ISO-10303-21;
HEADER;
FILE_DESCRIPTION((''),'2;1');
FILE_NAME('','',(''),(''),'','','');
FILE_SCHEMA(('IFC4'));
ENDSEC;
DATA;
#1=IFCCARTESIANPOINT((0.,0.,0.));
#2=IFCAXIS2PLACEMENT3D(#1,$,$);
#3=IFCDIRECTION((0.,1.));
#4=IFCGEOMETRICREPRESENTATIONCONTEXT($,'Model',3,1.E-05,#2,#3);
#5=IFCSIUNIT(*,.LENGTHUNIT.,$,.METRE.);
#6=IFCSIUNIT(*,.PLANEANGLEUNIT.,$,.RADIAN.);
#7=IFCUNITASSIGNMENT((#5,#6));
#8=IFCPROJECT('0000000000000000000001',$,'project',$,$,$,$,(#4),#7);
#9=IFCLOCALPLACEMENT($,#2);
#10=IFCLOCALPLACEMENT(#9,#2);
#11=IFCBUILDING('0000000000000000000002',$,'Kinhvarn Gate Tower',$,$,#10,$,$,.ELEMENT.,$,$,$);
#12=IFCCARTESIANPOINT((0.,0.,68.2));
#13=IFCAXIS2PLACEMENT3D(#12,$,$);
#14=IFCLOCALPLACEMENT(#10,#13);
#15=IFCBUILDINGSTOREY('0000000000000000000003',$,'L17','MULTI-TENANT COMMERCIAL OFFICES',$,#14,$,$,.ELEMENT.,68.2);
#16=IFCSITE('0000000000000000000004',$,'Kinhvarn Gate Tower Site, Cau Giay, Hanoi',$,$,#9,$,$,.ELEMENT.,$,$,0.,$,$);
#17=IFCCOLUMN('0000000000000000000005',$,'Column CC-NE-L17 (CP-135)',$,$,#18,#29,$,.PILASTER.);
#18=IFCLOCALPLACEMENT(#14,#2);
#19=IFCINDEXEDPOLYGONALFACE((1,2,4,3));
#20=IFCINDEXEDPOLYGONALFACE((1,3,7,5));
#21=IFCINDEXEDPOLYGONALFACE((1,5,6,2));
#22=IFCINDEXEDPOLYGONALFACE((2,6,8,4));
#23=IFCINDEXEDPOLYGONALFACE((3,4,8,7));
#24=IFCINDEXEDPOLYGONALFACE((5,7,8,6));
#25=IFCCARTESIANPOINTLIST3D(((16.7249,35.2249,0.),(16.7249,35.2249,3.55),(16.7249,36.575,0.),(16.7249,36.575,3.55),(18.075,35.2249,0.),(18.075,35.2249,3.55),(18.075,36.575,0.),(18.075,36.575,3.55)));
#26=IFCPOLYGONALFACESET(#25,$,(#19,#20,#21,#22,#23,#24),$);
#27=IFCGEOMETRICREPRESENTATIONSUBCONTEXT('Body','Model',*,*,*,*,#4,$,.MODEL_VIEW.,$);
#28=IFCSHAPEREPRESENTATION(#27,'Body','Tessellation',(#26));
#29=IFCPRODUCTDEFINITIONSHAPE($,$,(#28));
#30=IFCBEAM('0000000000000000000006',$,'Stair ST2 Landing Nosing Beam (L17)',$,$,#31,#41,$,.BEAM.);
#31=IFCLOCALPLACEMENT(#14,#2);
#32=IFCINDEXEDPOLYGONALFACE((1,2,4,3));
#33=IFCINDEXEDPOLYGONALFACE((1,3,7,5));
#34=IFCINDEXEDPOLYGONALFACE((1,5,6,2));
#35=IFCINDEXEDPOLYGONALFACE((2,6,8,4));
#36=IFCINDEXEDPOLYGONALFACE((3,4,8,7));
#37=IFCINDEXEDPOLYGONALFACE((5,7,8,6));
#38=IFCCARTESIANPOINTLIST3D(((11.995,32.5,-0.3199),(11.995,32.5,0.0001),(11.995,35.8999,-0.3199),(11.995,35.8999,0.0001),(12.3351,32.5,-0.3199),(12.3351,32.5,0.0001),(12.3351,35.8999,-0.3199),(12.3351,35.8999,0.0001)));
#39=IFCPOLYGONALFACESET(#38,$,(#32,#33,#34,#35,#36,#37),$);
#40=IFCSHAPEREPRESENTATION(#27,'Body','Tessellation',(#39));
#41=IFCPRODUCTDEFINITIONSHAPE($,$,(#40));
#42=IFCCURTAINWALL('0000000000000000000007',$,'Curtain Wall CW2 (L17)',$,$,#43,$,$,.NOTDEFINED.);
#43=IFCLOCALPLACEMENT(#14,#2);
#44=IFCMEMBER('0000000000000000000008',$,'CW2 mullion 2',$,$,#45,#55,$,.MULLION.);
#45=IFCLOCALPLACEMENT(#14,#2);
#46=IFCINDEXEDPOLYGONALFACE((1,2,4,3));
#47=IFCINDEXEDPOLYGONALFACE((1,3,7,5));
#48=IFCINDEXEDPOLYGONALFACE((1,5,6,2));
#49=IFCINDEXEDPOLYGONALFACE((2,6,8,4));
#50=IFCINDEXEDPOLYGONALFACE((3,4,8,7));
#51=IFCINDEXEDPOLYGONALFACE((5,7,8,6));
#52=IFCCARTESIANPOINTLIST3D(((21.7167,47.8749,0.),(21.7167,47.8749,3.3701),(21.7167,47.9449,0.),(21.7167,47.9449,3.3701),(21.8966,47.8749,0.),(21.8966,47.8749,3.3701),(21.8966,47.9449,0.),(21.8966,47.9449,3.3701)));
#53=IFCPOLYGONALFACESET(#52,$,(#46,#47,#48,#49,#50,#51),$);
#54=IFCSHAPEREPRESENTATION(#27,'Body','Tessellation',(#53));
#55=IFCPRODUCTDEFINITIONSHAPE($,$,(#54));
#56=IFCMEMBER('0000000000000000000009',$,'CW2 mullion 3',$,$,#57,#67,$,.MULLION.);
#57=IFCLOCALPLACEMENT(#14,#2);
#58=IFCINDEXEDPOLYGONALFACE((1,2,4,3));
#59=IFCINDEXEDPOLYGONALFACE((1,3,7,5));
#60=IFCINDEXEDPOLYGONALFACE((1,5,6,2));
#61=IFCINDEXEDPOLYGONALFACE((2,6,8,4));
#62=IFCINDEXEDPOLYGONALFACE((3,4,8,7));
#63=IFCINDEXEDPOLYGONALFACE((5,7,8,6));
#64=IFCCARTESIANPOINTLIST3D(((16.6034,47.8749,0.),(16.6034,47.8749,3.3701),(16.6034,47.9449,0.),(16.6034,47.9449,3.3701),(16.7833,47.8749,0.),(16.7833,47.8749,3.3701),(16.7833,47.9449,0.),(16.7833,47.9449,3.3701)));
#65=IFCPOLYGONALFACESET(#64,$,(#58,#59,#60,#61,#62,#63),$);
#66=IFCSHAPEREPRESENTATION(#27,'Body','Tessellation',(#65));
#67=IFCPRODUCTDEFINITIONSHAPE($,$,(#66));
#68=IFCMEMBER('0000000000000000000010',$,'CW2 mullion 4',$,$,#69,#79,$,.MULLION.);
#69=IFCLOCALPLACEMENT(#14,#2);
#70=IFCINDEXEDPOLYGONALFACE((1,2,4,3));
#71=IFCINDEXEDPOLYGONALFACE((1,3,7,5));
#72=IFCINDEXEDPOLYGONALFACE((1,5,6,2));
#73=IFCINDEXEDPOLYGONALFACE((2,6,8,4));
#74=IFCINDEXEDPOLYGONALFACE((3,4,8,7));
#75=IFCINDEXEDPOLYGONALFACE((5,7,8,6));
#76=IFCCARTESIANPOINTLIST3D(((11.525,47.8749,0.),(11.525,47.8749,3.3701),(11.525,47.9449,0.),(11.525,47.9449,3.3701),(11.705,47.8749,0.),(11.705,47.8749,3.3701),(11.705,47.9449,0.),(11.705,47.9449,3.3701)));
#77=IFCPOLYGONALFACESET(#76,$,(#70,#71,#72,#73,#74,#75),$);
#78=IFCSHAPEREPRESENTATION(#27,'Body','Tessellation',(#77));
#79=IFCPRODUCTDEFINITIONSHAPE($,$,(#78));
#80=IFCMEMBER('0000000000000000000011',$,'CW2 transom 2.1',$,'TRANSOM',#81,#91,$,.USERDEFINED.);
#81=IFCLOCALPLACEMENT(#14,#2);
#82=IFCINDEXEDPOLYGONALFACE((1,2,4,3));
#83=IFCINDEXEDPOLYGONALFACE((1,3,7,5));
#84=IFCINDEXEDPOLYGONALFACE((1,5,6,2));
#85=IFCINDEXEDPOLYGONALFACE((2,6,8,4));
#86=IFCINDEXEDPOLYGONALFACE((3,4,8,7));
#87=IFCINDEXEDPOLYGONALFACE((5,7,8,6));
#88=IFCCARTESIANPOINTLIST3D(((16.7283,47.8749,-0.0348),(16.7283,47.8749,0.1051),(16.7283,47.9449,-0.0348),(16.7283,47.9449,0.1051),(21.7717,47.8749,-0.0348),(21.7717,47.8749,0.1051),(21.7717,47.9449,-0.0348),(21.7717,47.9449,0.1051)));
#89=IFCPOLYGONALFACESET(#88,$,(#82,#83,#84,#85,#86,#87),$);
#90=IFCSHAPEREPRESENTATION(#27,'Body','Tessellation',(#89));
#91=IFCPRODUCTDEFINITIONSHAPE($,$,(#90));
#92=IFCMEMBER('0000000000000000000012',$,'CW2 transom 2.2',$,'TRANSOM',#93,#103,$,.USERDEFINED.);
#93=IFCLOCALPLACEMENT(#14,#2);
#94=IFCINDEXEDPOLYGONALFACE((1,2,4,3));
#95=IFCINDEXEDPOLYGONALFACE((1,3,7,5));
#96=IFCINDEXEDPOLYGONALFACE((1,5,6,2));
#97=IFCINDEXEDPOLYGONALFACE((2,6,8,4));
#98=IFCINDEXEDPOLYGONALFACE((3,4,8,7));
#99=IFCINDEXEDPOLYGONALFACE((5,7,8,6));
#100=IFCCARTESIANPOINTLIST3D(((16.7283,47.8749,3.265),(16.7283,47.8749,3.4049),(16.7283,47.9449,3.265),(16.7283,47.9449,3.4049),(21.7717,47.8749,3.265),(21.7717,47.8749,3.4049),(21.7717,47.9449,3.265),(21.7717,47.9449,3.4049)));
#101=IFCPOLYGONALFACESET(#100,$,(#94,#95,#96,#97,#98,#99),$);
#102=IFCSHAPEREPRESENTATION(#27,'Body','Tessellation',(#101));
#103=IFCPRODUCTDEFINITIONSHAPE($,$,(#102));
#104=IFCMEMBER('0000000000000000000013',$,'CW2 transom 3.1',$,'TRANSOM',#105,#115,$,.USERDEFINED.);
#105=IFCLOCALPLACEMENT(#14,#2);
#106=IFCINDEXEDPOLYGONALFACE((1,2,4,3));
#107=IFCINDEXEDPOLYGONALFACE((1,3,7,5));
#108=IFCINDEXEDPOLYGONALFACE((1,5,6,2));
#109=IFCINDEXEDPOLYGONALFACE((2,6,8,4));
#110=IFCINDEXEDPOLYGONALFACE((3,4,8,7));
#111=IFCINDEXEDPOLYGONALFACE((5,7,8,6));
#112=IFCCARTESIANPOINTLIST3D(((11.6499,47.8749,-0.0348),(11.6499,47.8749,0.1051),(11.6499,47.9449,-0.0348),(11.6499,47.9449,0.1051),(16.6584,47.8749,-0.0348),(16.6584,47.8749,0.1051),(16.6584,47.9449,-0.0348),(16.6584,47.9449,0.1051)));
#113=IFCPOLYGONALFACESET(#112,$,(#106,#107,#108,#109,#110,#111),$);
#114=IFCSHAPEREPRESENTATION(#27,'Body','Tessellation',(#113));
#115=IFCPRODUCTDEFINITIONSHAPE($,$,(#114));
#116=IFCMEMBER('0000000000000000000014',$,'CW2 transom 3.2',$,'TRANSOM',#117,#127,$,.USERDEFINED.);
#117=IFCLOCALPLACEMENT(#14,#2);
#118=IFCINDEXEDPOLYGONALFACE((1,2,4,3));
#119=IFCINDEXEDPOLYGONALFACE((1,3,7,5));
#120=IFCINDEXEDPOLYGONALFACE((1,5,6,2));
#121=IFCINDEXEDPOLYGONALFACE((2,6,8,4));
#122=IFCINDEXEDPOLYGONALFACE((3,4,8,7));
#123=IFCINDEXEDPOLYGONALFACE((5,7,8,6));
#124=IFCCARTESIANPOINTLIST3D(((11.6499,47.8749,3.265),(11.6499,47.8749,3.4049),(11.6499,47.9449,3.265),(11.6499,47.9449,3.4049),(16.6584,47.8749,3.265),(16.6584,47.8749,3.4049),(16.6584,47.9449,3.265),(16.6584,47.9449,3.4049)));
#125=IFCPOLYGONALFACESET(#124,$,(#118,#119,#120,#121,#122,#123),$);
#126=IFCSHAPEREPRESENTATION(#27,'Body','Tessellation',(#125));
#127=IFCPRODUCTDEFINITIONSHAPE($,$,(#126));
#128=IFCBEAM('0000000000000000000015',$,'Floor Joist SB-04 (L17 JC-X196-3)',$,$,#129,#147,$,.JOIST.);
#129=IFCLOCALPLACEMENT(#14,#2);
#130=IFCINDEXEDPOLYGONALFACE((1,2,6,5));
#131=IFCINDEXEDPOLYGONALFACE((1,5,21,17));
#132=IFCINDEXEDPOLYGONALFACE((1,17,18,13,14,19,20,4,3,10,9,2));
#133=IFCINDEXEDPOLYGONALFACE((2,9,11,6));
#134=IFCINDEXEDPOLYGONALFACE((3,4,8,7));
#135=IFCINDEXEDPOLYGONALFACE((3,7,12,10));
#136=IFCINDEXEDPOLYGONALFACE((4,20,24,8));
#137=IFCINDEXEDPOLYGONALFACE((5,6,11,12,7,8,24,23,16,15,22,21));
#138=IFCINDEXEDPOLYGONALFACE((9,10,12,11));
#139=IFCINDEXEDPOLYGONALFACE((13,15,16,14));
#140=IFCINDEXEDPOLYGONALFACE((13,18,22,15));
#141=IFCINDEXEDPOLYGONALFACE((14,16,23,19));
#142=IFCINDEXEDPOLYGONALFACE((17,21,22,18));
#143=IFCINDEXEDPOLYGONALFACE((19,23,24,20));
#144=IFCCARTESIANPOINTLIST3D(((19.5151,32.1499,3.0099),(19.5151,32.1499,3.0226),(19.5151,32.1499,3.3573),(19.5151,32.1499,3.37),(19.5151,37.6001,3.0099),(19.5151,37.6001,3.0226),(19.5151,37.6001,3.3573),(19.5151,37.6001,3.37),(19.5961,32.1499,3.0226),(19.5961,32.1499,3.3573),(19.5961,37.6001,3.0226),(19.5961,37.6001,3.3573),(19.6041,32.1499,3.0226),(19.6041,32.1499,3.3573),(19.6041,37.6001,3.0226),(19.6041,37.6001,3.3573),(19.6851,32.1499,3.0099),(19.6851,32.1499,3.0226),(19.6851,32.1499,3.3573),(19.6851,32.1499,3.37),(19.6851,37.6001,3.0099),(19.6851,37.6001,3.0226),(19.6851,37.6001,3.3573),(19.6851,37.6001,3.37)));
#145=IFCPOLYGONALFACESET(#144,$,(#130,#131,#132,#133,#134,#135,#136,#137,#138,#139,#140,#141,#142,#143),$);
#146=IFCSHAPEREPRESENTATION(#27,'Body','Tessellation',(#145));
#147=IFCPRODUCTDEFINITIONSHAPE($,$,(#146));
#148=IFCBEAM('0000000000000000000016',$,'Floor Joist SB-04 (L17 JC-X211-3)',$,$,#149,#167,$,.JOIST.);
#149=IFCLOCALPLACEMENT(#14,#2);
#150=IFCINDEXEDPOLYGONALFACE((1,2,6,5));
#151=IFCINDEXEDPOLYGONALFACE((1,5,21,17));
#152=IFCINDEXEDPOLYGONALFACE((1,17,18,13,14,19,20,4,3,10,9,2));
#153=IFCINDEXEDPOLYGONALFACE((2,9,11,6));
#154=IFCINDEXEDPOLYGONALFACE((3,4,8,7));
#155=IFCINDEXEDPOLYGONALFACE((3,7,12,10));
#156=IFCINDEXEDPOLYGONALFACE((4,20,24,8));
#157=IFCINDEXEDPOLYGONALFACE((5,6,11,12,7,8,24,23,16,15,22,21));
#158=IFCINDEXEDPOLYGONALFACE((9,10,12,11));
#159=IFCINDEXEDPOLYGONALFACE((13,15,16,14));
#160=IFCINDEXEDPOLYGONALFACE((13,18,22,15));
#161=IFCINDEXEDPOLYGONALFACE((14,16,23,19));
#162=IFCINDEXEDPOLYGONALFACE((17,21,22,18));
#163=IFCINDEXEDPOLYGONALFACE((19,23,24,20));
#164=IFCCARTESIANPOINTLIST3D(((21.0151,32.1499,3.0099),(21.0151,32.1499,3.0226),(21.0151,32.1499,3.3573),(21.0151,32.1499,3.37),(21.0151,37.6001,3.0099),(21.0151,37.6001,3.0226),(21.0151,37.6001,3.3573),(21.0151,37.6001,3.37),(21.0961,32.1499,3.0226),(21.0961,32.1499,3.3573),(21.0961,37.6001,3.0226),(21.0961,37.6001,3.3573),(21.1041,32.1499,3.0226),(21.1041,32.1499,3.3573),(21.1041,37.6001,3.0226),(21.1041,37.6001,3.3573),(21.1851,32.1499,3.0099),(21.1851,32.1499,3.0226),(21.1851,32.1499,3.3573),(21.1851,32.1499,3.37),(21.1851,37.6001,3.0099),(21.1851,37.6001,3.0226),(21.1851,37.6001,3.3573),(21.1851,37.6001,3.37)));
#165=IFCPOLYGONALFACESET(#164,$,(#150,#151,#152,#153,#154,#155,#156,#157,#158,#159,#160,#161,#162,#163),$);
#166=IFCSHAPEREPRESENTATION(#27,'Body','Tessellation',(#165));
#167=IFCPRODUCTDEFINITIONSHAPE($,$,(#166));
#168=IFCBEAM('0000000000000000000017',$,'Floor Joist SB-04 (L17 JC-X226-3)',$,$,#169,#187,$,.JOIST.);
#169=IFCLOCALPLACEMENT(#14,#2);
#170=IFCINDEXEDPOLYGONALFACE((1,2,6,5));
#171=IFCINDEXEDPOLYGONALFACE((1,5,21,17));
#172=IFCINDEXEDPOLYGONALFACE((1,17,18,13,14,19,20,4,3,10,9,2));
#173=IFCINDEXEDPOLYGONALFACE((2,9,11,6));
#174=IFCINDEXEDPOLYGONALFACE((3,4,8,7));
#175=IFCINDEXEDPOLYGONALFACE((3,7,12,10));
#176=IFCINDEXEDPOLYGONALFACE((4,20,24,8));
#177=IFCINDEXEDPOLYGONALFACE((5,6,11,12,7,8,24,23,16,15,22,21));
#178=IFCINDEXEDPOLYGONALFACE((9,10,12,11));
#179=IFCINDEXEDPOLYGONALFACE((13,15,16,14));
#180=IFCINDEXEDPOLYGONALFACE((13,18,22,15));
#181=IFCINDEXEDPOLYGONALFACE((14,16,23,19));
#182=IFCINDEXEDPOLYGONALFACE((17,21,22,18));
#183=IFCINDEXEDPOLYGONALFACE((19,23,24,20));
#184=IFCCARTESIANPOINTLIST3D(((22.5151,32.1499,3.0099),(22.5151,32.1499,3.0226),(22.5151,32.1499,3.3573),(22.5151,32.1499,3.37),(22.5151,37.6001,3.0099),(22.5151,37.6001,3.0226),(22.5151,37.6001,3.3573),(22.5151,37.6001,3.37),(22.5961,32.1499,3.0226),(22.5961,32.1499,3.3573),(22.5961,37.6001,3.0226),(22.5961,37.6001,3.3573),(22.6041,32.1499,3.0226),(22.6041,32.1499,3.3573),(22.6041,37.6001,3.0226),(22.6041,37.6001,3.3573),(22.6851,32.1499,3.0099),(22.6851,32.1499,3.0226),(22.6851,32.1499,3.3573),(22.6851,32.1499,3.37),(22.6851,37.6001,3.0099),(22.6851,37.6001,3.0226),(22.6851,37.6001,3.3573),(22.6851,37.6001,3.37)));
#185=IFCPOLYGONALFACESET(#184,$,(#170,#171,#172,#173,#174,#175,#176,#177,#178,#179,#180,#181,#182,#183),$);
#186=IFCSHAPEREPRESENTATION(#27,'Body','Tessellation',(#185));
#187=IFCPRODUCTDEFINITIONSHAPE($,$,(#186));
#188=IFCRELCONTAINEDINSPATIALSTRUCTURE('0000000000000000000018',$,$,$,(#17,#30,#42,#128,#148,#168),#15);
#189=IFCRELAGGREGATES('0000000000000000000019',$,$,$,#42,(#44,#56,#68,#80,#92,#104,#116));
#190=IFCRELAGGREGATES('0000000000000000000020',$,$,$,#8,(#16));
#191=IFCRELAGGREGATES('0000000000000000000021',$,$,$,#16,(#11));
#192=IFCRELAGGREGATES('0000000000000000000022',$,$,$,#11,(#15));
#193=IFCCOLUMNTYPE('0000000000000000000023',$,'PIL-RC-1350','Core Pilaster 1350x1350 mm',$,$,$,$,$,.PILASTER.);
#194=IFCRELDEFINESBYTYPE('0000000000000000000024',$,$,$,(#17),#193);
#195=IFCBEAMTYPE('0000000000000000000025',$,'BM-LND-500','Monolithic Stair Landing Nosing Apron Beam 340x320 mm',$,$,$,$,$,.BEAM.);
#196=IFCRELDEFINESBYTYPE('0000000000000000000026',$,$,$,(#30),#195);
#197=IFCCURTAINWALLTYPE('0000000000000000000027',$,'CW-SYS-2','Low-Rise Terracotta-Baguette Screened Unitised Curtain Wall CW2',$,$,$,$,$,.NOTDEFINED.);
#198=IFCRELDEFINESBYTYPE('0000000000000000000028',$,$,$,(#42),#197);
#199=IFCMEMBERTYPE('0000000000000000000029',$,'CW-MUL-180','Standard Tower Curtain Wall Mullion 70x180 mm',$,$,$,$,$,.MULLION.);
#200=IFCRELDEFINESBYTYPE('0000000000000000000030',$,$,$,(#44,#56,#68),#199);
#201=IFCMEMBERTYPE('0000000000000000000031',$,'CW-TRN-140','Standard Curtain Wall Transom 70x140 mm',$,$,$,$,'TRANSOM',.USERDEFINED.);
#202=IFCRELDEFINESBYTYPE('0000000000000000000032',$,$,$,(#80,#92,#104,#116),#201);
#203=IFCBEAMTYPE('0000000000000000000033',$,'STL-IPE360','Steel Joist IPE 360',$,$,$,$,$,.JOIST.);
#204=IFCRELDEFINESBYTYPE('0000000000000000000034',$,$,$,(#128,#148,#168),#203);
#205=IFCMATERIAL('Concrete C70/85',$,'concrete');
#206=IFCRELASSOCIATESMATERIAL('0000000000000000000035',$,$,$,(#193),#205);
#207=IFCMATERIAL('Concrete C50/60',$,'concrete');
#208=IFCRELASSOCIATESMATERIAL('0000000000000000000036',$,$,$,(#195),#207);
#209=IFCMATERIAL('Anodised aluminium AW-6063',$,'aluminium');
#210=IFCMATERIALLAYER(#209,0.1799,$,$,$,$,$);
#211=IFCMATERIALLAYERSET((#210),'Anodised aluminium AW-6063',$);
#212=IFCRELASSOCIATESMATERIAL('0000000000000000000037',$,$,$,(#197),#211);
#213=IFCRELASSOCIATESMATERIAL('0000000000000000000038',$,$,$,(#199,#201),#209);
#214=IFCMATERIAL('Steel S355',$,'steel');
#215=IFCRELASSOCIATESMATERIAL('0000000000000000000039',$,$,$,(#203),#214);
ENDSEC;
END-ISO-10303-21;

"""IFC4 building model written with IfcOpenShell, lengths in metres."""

from ifc_helpers import new_model, si_unit, direction, frame, origin, origin_2d, place, context, subcontext, project, spatial, rectangle, i_section, extrude, material, layer, layer_set, material_profile, profile_set, type_object, element, aggregate, save


model = new_model("IFC4")

# Units and contexts
model_context = context("Model", 3, precision=1e-05, world=origin(), true_north=direction((0.0, 1.0)))
body_context = subcontext(model_context, "Body", "Model", "MODEL_VIEW")
ifc_project = project(units=[si_unit("LENGTHUNIT", "METRE"), si_unit("PLANEANGLEUNIT", "RADIAN")], contexts=[model_context])

# Site, building, storey
site_placement = place(None, origin())
site = spatial("IfcSite", under=ifc_project, at=site_placement, Name="Kinhvarn Gate Tower Site, Cau Giay, Hanoi", CompositionType="ELEMENT", RefElevation=0.0)
building_placement = place(site_placement, origin())
building = spatial("IfcBuilding", under=site, at=building_placement, Name="Kinhvarn Gate Tower", CompositionType="ELEMENT")
storey_placement = place(building_placement, frame((0.0, 0.0, 68.2)))
storey = spatial("IfcBuildingStorey", under=building, at=storey_placement, Name="L17", Description="MULTI-TENANT COMMERCIAL OFFICES", CompositionType="ELEMENT", Elevation=68.2)

# Column
ifc_material_1 = material(Name="Concrete C70/85", Category="concrete")
ifc_material_profile_1 = material_profile(ifc_material_1, rectangle(XDim=1.3501, YDim=1.3501, at=origin_2d()), Name="RC 1350x1350")
ifc_profile_set_1 = profile_set([ifc_material_profile_1], Name="Concrete C70/85")
column_type = type_object("IfcColumnType", Name="PIL-RC-1350", Description="Core Pilaster 1350x1350 mm", PredefinedType="PILASTER", material=ifc_profile_set_1)
column_placement = place(storey_placement, frame((17.3999, 35.8999, 0.0), z_axis=(0.0, 0.0, 1.0), x_axis=(1.0, 0.0, 0.0)))
element("IfcColumn", 1, at=column_placement, inside=storey, type_object=column_type, Name="Column CC-NE-L17 (CP-135)", PredefinedType="PILASTER", context=body_context, shape_type="SweptSolid", body=[
    extrude(rectangle(XDim=1.3501, YDim=1.3501, at=origin_2d()), origin(), (0.0, 0.0, 1.0), 3.55),
])

# Beam
ifc_material_2 = material(Name="Concrete C50/60", Category="concrete")
ifc_material_profile_2 = material_profile(ifc_material_2, rectangle(XDim=0.3401, YDim=0.3201, at=origin_2d()), Name="RC 340x320")
ifc_profile_set_2 = profile_set([ifc_material_profile_2], Name="Concrete C50/60")
beam_type_1 = type_object("IfcBeamType", Name="BM-LND-500", Description="Monolithic Stair Landing Nosing Apron Beam 340x320 mm", PredefinedType="BEAM", material=ifc_profile_set_2)
beam_placement = place(storey_placement, frame((12.165, 32.5, -0.1599), z_axis=(0.0, 1.0, 0.0), x_axis=(-1.0, 0.0, 0.0)))
element("IfcBeam", 2, at=beam_placement, inside=storey, type_object=beam_type_1, Name="Stair ST2 Landing Nosing Beam (L17)", PredefinedType="BEAM", context=body_context, shape_type="SweptSolid", body=[
    extrude(rectangle(XDim=0.3401, YDim=0.3201, at=origin_2d()), origin(), (0.0, 0.0, 1.0), 3.3999),
])

# Curtain wall, members
ifc_material_3 = material(Name="Anodised aluminium AW-6063", Category="aluminium")
ifc_layer_1 = layer(ifc_material_3, 0.1799)
ifc_layer_set_1 = layer_set([ifc_layer_1], Name="Anodised aluminium AW-6063")
curtain_wall_type = type_object("IfcCurtainWallType", Name="CW-SYS-2", Description="Low-Rise Terracotta-Baguette Screened Unitised Curtain Wall CW2", PredefinedType="NOTDEFINED", material=ifc_layer_set_1)
curtain_wall_placement = place(storey_placement, origin())
curtain_wall = element("IfcCurtainWall", 3, at=curtain_wall_placement, inside=storey, type_object=curtain_wall_type, Name="Curtain Wall CW2 (L17)", PredefinedType="NOTDEFINED")
ifc_material_profile_3 = material_profile(ifc_material_3, rectangle(XDim=0.0701, YDim=0.1799, at=origin_2d()), Name="ALU 70x180")
ifc_profile_set_3 = profile_set([ifc_material_profile_3], Name="Anodised aluminium AW-6063")
member_type_1 = type_object("IfcMemberType", Name="CW-MUL-180", Description="Standard Tower Curtain Wall Mullion 70x180 mm", PredefinedType="MULLION", material=ifc_profile_set_3)
member_1_placement = place(storey_placement, frame((21.8066, 47.9099, 0.0), z_axis=(0.0, 0.0, 1.0), x_axis=(0.0, -1.0, 0.0)))
member_1 = element("IfcMember", 4, at=member_1_placement, type_object=member_type_1, Name="CW2 mullion 2", PredefinedType="MULLION", context=body_context, shape_type="SweptSolid", body=[
    extrude(rectangle(XDim=0.0701, YDim=0.1799, at=origin_2d()), origin(), (0.0, 0.0, 1.0), 3.3701),
])
member_2_placement = place(storey_placement, frame((16.6934, 47.9099, 0.0), z_axis=(0.0, 0.0, 1.0), x_axis=(0.0, -1.0, 0.0)))
member_2 = element("IfcMember", 5, at=member_2_placement, type_object=member_type_1, Name="CW2 mullion 3", PredefinedType="MULLION", context=body_context, shape_type="SweptSolid", body=[
    extrude(rectangle(XDim=0.0701, YDim=0.1799, at=origin_2d()), origin(), (0.0, 0.0, 1.0), 3.3701),
])
member_3_placement = place(storey_placement, frame((11.615, 47.9099, 0.0), z_axis=(0.0, 0.0, 1.0), x_axis=(0.0, -1.0, 0.0)))
member_3 = element("IfcMember", 6, at=member_3_placement, type_object=member_type_1, Name="CW2 mullion 4", PredefinedType="MULLION", context=body_context, shape_type="SweptSolid", body=[
    extrude(rectangle(XDim=0.0701, YDim=0.1799, at=origin_2d()), origin(), (0.0, 0.0, 1.0), 3.3701),
])
ifc_material_profile_4 = material_profile(ifc_material_3, rectangle(XDim=0.0701, YDim=0.1399, at=origin_2d()), Name="ALU 70x140")
ifc_profile_set_4 = profile_set([ifc_material_profile_4], Name="Anodised aluminium AW-6063")
member_type_2 = type_object("IfcMemberType", Name="CW-TRN-140", Description="Standard Curtain Wall Transom 70x140 mm", ElementType="TRANSOM", PredefinedType="USERDEFINED", material=ifc_profile_set_4)
member_4_placement = place(storey_placement, frame((21.7717, 47.9099, 0.0352), z_axis=(-1.0, 0.0, 0.0), x_axis=(0.0, -1.0, 0.0)))
member_4 = element("IfcMember", 7, at=member_4_placement, type_object=member_type_2, Name="CW2 transom 2.1", ObjectType="TRANSOM", PredefinedType="USERDEFINED", context=body_context, shape_type="SweptSolid", body=[
    extrude(rectangle(XDim=0.0701, YDim=0.1399, at=origin_2d()), origin(), (0.0, 0.0, 1.0), 5.0435),
])
member_5_placement = place(storey_placement, frame((21.7717, 47.9099, 3.335), z_axis=(-1.0, 0.0, 0.0), x_axis=(0.0, -1.0, 0.0)))
member_5 = element("IfcMember", 8, at=member_5_placement, type_object=member_type_2, Name="CW2 transom 2.2", ObjectType="TRANSOM", PredefinedType="USERDEFINED", context=body_context, shape_type="SweptSolid", body=[
    extrude(rectangle(XDim=0.0701, YDim=0.1399, at=origin_2d()), origin(), (0.0, 0.0, 1.0), 5.0435),
])
member_6_placement = place(storey_placement, frame((16.6584, 47.9099, 0.0352), z_axis=(-1.0, 0.0, 0.0), x_axis=(0.0, -1.0, 0.0)))
member_6 = element("IfcMember", 9, at=member_6_placement, type_object=member_type_2, Name="CW2 transom 3.1", ObjectType="TRANSOM", PredefinedType="USERDEFINED", context=body_context, shape_type="SweptSolid", body=[
    extrude(rectangle(XDim=0.0701, YDim=0.1399, at=origin_2d()), origin(), (0.0, 0.0, 1.0), 5.0085),
])
member_7_placement = place(storey_placement, frame((16.6584, 47.9099, 3.335), z_axis=(-1.0, 0.0, 0.0), x_axis=(0.0, -1.0, 0.0)))
member_7 = element("IfcMember", 10, at=member_7_placement, type_object=member_type_2, Name="CW2 transom 3.2", ObjectType="TRANSOM", PredefinedType="USERDEFINED", context=body_context, shape_type="SweptSolid", body=[
    extrude(rectangle(XDim=0.0701, YDim=0.1399, at=origin_2d()), origin(), (0.0, 0.0, 1.0), 5.0085),
])

# Beams
ifc_material_4 = material(Name="Steel S355", Category="steel")
ifc_material_profile_5 = material_profile(ifc_material_4, i_section(OverallWidth=0.1699, OverallDepth=0.3601, WebThickness=0.0081, FlangeThickness=0.0127, at=origin_2d()), Name="IPE 360")
ifc_profile_set_5 = profile_set([ifc_material_profile_5], Name="Steel S355")
beam_type_2 = type_object("IfcBeamType", Name="STL-IPE360", Description="Steel Joist IPE 360", PredefinedType="JOIST", material=ifc_profile_set_5)
for number, where, z_axis, x_axis, name in (
    (11, (19.6001, 32.1499, 3.1899), (0.0, 1.0, 0.0), (-1.0, 0.0, 0.0), "Floor Joist SB-04 (L17 JC-X196-3)"),
    (12, (21.1001, 32.1499, 3.1899), (0.0, 1.0, 0.0), (-1.0, 0.0, 0.0), "Floor Joist SB-04 (L17 JC-X211-3)"),
    (13, (22.6001, 32.1499, 3.1899), (0.0, 1.0, 0.0), (-1.0, 0.0, 0.0), "Floor Joist SB-04 (L17 JC-X226-3)"),
):
    element("IfcBeam", number, at=place(storey_placement, frame(where, z_axis=z_axis, x_axis=x_axis)), inside=storey, type_object=beam_type_2, Name=name, PredefinedType="JOIST", context=body_context, shape_type="SweptSolid", body=[
        extrude(i_section(OverallWidth=0.1699, OverallDepth=0.3601, WebThickness=0.0081, FlangeThickness=0.0127, at=origin_2d()), origin(), (0.0, 0.0, 1.0), 5.4502),
    ])

aggregate(curtain_wall, [member_1, member_2, member_3, member_4, member_5, member_6, member_7])

save(model, "model.ifc")
